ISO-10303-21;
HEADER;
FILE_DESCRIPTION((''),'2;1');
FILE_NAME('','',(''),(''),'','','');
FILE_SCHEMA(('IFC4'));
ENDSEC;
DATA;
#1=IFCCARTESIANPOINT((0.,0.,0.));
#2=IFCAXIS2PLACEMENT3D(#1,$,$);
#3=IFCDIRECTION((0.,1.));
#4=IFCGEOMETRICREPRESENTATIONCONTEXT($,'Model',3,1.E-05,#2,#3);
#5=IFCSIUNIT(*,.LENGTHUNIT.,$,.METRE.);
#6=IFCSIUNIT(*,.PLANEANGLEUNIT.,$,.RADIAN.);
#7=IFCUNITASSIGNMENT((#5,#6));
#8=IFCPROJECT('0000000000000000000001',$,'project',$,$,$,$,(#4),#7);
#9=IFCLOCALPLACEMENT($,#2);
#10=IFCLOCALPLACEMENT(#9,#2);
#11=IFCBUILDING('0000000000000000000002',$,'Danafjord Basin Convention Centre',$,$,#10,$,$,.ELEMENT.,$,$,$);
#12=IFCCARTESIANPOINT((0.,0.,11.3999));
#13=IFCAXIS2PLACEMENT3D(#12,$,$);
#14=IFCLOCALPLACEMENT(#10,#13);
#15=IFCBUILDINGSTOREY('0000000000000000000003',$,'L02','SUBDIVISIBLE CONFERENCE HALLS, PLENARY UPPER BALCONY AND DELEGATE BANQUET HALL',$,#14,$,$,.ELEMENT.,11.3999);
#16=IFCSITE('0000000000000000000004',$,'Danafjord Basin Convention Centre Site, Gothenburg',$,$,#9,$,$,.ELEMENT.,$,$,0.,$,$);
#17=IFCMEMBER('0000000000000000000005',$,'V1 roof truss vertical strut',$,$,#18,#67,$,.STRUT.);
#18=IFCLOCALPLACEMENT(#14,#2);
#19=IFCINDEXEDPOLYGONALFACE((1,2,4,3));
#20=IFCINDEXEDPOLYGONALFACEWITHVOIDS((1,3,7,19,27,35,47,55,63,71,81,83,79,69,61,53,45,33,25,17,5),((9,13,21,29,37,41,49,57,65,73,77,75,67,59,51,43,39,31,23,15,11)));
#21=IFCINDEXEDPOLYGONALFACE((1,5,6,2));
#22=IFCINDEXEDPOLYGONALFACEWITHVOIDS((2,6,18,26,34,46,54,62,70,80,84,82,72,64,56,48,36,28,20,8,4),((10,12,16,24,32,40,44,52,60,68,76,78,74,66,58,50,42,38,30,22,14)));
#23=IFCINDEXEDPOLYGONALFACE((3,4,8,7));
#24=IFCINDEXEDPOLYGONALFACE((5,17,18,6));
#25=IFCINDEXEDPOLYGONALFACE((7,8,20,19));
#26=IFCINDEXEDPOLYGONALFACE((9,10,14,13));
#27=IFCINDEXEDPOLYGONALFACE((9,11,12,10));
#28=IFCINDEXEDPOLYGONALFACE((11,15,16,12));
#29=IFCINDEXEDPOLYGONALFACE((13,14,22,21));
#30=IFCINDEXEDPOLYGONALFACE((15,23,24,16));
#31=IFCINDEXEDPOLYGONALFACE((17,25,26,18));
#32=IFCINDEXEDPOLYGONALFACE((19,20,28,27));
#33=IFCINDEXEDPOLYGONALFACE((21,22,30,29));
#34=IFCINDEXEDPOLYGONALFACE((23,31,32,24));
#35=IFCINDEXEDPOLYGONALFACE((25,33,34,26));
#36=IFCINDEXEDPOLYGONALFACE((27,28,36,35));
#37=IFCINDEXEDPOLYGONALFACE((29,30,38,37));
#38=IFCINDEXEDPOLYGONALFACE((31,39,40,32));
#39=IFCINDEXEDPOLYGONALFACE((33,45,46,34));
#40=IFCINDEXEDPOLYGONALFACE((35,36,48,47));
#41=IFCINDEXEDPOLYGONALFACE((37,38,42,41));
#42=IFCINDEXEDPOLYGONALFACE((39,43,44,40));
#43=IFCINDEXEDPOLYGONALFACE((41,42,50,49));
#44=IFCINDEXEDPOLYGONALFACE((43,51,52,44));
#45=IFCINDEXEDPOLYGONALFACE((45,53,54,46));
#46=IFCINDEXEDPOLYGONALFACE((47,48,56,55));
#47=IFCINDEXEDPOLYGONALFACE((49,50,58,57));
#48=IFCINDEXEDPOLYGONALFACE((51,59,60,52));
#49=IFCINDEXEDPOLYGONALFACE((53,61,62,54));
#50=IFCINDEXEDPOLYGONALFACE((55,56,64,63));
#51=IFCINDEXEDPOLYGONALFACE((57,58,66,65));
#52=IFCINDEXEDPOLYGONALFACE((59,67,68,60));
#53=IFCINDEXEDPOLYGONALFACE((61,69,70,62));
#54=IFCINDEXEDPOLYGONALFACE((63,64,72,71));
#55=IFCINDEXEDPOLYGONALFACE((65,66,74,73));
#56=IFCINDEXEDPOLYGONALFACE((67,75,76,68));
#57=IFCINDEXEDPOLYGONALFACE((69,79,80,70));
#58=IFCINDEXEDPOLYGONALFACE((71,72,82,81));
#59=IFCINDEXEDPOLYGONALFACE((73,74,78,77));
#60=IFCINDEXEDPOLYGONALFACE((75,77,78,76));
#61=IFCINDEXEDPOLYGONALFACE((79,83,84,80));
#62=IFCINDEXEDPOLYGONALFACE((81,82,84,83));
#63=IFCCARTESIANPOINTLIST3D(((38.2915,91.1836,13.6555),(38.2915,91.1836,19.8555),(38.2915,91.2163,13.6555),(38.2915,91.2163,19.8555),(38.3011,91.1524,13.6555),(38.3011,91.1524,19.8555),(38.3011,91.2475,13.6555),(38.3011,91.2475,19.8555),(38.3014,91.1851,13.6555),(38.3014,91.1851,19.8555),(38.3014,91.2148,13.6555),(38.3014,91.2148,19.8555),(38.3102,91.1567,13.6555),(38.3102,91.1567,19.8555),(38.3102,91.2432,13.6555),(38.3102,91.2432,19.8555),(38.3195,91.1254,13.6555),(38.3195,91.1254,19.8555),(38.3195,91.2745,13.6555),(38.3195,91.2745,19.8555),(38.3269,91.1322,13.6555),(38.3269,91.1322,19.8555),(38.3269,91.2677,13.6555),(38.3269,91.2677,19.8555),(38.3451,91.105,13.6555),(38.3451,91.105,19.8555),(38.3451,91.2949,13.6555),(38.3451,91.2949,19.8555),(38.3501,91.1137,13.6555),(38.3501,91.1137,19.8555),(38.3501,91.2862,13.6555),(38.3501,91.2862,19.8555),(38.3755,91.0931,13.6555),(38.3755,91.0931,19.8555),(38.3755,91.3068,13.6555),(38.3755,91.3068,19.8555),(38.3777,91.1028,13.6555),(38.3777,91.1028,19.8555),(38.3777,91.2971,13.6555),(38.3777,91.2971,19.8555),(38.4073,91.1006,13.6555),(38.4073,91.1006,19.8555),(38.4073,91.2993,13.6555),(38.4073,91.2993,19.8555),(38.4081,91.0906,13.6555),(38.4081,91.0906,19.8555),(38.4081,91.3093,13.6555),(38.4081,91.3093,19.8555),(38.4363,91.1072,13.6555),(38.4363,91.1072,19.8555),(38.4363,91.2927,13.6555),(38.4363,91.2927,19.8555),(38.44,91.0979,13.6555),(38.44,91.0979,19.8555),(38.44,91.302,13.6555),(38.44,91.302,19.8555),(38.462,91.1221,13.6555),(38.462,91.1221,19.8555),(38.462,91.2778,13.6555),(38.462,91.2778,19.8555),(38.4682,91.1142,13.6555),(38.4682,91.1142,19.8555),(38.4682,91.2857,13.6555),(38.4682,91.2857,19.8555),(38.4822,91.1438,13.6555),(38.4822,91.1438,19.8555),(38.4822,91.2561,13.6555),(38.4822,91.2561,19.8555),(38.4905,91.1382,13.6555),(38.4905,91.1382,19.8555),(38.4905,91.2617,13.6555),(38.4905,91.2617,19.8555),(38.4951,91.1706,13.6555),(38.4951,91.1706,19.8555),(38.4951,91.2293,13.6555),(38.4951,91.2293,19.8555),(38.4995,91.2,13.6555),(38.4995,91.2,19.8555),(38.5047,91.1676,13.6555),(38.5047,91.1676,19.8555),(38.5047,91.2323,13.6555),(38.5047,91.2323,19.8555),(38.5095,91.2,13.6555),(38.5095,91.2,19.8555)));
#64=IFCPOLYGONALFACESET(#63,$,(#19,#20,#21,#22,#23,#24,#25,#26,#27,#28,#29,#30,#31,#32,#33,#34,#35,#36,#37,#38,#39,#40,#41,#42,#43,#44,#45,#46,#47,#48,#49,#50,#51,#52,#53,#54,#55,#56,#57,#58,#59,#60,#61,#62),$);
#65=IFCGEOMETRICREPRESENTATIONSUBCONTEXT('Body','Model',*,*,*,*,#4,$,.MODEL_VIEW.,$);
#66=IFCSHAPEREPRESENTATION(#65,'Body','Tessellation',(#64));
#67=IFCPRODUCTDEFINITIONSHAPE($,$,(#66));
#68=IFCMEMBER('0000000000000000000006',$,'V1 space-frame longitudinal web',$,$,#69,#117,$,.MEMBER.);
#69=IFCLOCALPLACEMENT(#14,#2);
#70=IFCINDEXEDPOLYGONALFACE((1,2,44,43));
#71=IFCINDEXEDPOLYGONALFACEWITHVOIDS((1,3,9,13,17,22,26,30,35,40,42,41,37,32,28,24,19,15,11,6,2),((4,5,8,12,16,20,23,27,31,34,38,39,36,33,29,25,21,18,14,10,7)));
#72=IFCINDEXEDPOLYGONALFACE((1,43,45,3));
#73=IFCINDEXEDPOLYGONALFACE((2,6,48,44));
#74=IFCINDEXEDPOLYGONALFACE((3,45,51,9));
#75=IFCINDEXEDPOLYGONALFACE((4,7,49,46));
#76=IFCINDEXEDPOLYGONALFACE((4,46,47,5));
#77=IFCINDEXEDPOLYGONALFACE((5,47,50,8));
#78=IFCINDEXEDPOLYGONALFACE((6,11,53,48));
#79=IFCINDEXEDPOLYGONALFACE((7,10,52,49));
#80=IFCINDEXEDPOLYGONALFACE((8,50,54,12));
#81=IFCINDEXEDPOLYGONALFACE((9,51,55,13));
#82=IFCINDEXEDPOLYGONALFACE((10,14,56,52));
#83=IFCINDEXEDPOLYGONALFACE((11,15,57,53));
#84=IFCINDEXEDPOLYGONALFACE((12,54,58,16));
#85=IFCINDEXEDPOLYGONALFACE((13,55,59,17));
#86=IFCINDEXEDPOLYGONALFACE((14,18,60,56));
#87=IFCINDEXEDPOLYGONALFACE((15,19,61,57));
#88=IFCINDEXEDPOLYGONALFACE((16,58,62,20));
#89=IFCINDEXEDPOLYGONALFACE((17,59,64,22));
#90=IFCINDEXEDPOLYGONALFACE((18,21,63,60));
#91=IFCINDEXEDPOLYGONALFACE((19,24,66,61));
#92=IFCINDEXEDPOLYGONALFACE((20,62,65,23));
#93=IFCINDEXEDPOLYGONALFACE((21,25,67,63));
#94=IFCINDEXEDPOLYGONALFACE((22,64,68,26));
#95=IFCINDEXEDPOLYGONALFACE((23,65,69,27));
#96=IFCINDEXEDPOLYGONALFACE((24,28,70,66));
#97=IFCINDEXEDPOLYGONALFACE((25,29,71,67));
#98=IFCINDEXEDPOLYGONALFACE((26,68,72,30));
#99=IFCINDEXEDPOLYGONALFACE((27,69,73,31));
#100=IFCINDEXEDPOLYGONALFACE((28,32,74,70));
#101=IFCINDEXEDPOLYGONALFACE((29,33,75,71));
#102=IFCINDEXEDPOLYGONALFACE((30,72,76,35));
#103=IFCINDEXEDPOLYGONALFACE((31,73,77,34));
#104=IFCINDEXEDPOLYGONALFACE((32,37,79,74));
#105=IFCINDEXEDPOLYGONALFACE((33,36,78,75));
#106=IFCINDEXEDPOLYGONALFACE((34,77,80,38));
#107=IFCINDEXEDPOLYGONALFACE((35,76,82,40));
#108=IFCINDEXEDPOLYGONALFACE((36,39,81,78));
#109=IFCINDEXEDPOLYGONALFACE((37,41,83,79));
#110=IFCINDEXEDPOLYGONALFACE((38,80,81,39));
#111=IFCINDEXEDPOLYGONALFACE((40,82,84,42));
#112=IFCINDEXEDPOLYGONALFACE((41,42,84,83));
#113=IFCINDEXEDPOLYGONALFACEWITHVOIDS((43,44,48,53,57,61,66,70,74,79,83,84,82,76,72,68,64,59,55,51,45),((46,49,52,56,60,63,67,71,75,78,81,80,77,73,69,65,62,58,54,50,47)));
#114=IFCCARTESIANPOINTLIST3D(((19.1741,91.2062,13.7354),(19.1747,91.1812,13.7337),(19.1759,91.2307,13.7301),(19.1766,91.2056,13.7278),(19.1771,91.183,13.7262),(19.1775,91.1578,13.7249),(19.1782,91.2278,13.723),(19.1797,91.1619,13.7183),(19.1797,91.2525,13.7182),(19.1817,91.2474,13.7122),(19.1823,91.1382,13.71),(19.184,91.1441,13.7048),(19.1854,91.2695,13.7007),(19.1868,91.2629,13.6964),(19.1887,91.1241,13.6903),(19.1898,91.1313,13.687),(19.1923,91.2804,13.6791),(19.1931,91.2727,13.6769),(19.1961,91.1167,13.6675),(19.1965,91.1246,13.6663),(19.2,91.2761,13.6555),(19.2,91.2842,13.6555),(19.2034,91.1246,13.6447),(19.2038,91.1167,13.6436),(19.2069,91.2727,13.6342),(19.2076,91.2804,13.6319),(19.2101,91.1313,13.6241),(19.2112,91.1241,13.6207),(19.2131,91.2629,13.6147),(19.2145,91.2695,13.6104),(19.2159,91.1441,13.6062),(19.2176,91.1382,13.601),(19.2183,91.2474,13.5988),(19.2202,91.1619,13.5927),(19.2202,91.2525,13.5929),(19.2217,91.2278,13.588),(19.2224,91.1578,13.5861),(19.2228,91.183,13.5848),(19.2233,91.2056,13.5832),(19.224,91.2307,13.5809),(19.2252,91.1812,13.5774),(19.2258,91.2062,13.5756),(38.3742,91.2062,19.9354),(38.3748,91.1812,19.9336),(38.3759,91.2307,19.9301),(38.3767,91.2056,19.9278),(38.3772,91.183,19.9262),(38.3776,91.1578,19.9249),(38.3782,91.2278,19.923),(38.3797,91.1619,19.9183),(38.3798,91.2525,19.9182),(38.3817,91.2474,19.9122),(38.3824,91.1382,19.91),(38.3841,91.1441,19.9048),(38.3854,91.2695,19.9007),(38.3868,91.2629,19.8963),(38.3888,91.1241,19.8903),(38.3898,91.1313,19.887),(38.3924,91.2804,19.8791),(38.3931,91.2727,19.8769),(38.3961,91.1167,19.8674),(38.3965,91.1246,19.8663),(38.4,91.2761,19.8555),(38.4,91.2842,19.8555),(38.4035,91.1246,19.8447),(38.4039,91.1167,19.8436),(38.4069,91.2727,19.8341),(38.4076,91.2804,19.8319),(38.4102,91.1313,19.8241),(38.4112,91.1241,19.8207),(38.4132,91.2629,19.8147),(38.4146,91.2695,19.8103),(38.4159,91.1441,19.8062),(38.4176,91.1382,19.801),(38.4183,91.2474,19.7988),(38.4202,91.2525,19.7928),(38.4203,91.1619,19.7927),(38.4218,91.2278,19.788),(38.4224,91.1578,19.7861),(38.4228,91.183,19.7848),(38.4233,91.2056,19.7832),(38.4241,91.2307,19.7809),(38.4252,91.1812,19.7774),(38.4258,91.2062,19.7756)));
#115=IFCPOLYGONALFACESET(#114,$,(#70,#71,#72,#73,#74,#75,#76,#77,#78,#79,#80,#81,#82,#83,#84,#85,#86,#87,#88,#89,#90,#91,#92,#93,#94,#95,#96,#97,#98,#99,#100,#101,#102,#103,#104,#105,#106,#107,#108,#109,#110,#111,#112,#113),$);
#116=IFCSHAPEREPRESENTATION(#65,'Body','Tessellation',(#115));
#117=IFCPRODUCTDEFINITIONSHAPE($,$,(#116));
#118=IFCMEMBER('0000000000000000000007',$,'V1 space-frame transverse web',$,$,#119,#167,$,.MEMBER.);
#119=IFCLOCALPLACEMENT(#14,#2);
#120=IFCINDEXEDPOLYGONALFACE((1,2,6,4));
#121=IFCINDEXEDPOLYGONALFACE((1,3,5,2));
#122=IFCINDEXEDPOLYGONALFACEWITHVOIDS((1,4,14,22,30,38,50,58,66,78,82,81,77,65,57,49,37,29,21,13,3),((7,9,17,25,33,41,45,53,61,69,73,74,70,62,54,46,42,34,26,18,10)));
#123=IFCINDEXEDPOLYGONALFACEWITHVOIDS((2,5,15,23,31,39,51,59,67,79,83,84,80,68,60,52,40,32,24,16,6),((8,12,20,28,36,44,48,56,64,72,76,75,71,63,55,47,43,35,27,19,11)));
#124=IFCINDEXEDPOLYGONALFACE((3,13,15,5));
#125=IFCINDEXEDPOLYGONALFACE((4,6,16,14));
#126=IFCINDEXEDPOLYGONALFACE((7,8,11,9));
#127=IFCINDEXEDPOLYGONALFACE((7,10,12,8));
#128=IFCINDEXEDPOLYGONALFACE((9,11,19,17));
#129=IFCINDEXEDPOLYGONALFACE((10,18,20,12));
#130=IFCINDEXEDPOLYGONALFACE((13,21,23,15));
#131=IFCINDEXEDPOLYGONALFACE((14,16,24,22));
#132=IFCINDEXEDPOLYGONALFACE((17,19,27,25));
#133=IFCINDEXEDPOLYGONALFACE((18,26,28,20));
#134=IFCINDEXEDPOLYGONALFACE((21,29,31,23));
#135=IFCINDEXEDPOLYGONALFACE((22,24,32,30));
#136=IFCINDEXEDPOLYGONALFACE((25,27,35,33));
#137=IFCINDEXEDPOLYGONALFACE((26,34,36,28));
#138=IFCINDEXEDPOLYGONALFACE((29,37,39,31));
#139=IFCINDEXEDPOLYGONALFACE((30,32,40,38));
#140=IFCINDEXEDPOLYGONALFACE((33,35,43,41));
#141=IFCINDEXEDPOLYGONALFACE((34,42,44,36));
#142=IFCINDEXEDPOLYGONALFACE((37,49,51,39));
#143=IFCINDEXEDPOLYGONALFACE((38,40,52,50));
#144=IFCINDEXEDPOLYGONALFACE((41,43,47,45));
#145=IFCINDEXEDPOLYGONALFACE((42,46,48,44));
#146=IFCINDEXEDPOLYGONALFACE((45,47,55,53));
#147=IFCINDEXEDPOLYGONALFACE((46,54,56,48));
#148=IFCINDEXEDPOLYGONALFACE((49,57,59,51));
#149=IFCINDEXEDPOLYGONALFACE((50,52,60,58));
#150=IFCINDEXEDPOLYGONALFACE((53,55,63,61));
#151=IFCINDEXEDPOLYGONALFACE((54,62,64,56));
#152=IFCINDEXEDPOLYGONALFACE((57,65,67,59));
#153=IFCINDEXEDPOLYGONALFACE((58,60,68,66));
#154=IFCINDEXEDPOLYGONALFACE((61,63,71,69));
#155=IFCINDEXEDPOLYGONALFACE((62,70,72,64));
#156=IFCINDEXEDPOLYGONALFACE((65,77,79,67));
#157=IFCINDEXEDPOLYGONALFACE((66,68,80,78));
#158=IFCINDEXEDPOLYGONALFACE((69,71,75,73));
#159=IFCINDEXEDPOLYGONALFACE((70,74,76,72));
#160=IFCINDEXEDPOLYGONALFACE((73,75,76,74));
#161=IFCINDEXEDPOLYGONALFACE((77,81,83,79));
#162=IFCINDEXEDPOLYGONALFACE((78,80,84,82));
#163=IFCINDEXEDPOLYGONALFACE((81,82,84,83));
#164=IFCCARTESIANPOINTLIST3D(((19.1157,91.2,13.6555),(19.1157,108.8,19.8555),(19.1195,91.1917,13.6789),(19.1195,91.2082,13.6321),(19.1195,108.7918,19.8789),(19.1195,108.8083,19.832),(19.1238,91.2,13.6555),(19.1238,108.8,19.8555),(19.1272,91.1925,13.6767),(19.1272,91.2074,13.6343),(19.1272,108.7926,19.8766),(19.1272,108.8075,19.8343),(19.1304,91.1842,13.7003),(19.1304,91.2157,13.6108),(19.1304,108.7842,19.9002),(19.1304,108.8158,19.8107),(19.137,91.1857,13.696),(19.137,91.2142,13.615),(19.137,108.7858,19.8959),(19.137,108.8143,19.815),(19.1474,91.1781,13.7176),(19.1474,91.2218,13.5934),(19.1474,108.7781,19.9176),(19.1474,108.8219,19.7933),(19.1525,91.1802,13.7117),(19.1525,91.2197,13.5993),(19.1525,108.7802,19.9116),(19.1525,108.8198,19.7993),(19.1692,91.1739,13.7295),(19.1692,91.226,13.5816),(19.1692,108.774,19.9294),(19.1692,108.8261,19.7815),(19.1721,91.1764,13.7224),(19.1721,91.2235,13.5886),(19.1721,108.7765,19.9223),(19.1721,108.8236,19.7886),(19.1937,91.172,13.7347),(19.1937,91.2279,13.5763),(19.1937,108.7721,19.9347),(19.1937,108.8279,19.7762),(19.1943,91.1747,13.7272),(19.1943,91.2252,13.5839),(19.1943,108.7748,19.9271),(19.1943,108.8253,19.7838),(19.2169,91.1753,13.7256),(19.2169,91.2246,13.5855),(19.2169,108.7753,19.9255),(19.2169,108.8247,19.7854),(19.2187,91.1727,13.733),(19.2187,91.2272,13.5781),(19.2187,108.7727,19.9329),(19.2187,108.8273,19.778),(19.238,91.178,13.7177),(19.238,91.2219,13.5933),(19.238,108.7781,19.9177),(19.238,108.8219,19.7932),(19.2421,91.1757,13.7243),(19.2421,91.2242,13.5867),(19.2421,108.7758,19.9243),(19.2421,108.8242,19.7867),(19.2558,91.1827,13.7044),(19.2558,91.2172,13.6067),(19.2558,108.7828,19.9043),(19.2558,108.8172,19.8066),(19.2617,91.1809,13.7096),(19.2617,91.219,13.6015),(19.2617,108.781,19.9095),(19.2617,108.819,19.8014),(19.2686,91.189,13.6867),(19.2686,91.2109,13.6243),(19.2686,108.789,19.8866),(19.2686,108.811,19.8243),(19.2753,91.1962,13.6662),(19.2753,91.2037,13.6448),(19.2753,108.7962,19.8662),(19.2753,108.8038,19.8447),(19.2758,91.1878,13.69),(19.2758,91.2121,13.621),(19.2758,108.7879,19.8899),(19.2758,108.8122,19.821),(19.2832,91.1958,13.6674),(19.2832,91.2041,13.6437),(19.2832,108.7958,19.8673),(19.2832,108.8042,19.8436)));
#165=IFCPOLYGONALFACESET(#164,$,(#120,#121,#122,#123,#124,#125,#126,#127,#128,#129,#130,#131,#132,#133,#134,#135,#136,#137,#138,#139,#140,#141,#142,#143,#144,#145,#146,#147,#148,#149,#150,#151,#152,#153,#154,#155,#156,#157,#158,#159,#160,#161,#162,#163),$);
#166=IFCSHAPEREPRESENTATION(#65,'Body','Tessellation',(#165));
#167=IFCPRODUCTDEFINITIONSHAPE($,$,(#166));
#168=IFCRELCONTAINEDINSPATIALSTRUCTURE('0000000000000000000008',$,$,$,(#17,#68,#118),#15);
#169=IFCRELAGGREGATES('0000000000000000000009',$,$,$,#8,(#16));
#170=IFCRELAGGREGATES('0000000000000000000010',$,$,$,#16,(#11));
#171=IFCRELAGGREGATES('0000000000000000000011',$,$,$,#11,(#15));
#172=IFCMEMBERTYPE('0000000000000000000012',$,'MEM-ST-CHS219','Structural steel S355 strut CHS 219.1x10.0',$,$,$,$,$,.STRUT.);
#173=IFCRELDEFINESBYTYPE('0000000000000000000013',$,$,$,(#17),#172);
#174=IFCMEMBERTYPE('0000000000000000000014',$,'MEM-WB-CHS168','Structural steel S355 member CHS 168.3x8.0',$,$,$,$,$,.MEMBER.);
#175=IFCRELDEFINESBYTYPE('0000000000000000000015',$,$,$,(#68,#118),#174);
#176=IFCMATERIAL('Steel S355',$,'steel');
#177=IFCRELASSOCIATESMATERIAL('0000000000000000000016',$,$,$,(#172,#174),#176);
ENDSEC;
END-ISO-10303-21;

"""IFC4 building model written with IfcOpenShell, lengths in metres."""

from ifc_helpers import new_model, si_unit, direction, frame, origin, origin_2d, place, context, subcontext, project, spatial, hollow_circle, extrude, material, material_profile, profile_set, type_object, element, save


model = new_model("IFC4")

# Units and contexts
model_context = context("Model", 3, precision=1e-05, world=origin(), true_north=direction((0.0, 1.0)))
body_context = subcontext(model_context, "Body", "Model", "MODEL_VIEW")
ifc_project = project(units=[si_unit("LENGTHUNIT", "METRE"), si_unit("PLANEANGLEUNIT", "RADIAN")], contexts=[model_context])

# Site, building, storey
site_placement = place(None, origin())
site = spatial("IfcSite", under=ifc_project, at=site_placement, Name="Danafjord Basin Convention Centre Site, Gothenburg", CompositionType="ELEMENT", RefElevation=0.0)
building_placement = place(site_placement, origin())
building = spatial("IfcBuilding", under=site, at=building_placement, Name="Danafjord Basin Convention Centre", CompositionType="ELEMENT")
storey_placement = place(building_placement, frame((0.0, 0.0, 11.3999)))
storey = spatial("IfcBuildingStorey", under=building, at=storey_placement, Name="L02", Description="SUBDIVISIBLE CONFERENCE HALLS, PLENARY UPPER BALCONY AND DELEGATE BANQUET HALL", CompositionType="ELEMENT", Elevation=11.3999)

# Members
ifc_material = material(Name="Steel S355", Category="steel")
ifc_material_profile_1 = material_profile(ifc_material, hollow_circle(Radius=0.1096, WallThickness=0.01, at=origin_2d()), Name="CHS 219.1x10.0")
ifc_profile_set_1 = profile_set([ifc_material_profile_1], Name="Steel S355")
member_type_1 = type_object("IfcMemberType", Name="MEM-ST-CHS219", Description="Structural steel S355 strut CHS 219.1x10.0", PredefinedType="STRUT", material=ifc_profile_set_1)
member_1_placement = place(storey_placement, frame((38.3999, 91.2, 13.6555), z_axis=(0.0, 0.0, 1.0), x_axis=(1.0, 0.0, 0.0)))
element("IfcMember", 1, at=member_1_placement, inside=storey, type_object=member_type_1, Name="V1 roof truss vertical strut", PredefinedType="STRUT", context=body_context, shape_type="SweptSolid", body=[
    extrude(hollow_circle(Radius=0.1096, WallThickness=0.01, at=origin_2d()), origin(), (0.0, 0.0, 1.0), 6.2),
])
ifc_material_profile_2 = material_profile(ifc_material, hollow_circle(Radius=0.0842, WallThickness=0.0081, at=origin_2d()), Name="CHS 168.3x8.0")
ifc_profile_set_2 = profile_set([ifc_material_profile_2], Name="Steel S355")
member_type_2 = type_object("IfcMemberType", Name="MEM-WB-CHS168", Description="Structural steel S355 member CHS 168.3x8.0", PredefinedType="MEMBER", material=ifc_profile_set_2)
member_2_placement = place(storey_placement, frame((19.2, 91.2, 13.6555), z_axis=(0.951616, 0.0, 0.307291), x_axis=(0.0, 1.0, 0.0)))
element("IfcMember", 2, at=member_2_placement, inside=storey, type_object=member_type_2, Name="V1 space-frame longitudinal web", PredefinedType="MEMBER", context=body_context, shape_type="SweptSolid", body=[
    extrude(hollow_circle(Radius=0.0842, WallThickness=0.0081, at=origin_2d()), origin(), (0.0, 0.0, 1.0), 20.1763),
])
member_3_placement = place(storey_placement, frame((19.2, 91.2, 13.6555), z_axis=(0.0, 0.943189, 0.332255), x_axis=(-1.0, 0.0, 0.0)))
element("IfcMember", 3, at=member_3_placement, inside=storey, type_object=member_type_2, Name="V1 space-frame transverse web", PredefinedType="MEMBER", context=body_context, shape_type="SweptSolid", body=[
    extrude(hollow_circle(Radius=0.0842, WallThickness=0.0081, at=origin_2d()), origin(), (0.0, 0.0, 1.0), 18.6602),
])

save(model, "model.ifc")
